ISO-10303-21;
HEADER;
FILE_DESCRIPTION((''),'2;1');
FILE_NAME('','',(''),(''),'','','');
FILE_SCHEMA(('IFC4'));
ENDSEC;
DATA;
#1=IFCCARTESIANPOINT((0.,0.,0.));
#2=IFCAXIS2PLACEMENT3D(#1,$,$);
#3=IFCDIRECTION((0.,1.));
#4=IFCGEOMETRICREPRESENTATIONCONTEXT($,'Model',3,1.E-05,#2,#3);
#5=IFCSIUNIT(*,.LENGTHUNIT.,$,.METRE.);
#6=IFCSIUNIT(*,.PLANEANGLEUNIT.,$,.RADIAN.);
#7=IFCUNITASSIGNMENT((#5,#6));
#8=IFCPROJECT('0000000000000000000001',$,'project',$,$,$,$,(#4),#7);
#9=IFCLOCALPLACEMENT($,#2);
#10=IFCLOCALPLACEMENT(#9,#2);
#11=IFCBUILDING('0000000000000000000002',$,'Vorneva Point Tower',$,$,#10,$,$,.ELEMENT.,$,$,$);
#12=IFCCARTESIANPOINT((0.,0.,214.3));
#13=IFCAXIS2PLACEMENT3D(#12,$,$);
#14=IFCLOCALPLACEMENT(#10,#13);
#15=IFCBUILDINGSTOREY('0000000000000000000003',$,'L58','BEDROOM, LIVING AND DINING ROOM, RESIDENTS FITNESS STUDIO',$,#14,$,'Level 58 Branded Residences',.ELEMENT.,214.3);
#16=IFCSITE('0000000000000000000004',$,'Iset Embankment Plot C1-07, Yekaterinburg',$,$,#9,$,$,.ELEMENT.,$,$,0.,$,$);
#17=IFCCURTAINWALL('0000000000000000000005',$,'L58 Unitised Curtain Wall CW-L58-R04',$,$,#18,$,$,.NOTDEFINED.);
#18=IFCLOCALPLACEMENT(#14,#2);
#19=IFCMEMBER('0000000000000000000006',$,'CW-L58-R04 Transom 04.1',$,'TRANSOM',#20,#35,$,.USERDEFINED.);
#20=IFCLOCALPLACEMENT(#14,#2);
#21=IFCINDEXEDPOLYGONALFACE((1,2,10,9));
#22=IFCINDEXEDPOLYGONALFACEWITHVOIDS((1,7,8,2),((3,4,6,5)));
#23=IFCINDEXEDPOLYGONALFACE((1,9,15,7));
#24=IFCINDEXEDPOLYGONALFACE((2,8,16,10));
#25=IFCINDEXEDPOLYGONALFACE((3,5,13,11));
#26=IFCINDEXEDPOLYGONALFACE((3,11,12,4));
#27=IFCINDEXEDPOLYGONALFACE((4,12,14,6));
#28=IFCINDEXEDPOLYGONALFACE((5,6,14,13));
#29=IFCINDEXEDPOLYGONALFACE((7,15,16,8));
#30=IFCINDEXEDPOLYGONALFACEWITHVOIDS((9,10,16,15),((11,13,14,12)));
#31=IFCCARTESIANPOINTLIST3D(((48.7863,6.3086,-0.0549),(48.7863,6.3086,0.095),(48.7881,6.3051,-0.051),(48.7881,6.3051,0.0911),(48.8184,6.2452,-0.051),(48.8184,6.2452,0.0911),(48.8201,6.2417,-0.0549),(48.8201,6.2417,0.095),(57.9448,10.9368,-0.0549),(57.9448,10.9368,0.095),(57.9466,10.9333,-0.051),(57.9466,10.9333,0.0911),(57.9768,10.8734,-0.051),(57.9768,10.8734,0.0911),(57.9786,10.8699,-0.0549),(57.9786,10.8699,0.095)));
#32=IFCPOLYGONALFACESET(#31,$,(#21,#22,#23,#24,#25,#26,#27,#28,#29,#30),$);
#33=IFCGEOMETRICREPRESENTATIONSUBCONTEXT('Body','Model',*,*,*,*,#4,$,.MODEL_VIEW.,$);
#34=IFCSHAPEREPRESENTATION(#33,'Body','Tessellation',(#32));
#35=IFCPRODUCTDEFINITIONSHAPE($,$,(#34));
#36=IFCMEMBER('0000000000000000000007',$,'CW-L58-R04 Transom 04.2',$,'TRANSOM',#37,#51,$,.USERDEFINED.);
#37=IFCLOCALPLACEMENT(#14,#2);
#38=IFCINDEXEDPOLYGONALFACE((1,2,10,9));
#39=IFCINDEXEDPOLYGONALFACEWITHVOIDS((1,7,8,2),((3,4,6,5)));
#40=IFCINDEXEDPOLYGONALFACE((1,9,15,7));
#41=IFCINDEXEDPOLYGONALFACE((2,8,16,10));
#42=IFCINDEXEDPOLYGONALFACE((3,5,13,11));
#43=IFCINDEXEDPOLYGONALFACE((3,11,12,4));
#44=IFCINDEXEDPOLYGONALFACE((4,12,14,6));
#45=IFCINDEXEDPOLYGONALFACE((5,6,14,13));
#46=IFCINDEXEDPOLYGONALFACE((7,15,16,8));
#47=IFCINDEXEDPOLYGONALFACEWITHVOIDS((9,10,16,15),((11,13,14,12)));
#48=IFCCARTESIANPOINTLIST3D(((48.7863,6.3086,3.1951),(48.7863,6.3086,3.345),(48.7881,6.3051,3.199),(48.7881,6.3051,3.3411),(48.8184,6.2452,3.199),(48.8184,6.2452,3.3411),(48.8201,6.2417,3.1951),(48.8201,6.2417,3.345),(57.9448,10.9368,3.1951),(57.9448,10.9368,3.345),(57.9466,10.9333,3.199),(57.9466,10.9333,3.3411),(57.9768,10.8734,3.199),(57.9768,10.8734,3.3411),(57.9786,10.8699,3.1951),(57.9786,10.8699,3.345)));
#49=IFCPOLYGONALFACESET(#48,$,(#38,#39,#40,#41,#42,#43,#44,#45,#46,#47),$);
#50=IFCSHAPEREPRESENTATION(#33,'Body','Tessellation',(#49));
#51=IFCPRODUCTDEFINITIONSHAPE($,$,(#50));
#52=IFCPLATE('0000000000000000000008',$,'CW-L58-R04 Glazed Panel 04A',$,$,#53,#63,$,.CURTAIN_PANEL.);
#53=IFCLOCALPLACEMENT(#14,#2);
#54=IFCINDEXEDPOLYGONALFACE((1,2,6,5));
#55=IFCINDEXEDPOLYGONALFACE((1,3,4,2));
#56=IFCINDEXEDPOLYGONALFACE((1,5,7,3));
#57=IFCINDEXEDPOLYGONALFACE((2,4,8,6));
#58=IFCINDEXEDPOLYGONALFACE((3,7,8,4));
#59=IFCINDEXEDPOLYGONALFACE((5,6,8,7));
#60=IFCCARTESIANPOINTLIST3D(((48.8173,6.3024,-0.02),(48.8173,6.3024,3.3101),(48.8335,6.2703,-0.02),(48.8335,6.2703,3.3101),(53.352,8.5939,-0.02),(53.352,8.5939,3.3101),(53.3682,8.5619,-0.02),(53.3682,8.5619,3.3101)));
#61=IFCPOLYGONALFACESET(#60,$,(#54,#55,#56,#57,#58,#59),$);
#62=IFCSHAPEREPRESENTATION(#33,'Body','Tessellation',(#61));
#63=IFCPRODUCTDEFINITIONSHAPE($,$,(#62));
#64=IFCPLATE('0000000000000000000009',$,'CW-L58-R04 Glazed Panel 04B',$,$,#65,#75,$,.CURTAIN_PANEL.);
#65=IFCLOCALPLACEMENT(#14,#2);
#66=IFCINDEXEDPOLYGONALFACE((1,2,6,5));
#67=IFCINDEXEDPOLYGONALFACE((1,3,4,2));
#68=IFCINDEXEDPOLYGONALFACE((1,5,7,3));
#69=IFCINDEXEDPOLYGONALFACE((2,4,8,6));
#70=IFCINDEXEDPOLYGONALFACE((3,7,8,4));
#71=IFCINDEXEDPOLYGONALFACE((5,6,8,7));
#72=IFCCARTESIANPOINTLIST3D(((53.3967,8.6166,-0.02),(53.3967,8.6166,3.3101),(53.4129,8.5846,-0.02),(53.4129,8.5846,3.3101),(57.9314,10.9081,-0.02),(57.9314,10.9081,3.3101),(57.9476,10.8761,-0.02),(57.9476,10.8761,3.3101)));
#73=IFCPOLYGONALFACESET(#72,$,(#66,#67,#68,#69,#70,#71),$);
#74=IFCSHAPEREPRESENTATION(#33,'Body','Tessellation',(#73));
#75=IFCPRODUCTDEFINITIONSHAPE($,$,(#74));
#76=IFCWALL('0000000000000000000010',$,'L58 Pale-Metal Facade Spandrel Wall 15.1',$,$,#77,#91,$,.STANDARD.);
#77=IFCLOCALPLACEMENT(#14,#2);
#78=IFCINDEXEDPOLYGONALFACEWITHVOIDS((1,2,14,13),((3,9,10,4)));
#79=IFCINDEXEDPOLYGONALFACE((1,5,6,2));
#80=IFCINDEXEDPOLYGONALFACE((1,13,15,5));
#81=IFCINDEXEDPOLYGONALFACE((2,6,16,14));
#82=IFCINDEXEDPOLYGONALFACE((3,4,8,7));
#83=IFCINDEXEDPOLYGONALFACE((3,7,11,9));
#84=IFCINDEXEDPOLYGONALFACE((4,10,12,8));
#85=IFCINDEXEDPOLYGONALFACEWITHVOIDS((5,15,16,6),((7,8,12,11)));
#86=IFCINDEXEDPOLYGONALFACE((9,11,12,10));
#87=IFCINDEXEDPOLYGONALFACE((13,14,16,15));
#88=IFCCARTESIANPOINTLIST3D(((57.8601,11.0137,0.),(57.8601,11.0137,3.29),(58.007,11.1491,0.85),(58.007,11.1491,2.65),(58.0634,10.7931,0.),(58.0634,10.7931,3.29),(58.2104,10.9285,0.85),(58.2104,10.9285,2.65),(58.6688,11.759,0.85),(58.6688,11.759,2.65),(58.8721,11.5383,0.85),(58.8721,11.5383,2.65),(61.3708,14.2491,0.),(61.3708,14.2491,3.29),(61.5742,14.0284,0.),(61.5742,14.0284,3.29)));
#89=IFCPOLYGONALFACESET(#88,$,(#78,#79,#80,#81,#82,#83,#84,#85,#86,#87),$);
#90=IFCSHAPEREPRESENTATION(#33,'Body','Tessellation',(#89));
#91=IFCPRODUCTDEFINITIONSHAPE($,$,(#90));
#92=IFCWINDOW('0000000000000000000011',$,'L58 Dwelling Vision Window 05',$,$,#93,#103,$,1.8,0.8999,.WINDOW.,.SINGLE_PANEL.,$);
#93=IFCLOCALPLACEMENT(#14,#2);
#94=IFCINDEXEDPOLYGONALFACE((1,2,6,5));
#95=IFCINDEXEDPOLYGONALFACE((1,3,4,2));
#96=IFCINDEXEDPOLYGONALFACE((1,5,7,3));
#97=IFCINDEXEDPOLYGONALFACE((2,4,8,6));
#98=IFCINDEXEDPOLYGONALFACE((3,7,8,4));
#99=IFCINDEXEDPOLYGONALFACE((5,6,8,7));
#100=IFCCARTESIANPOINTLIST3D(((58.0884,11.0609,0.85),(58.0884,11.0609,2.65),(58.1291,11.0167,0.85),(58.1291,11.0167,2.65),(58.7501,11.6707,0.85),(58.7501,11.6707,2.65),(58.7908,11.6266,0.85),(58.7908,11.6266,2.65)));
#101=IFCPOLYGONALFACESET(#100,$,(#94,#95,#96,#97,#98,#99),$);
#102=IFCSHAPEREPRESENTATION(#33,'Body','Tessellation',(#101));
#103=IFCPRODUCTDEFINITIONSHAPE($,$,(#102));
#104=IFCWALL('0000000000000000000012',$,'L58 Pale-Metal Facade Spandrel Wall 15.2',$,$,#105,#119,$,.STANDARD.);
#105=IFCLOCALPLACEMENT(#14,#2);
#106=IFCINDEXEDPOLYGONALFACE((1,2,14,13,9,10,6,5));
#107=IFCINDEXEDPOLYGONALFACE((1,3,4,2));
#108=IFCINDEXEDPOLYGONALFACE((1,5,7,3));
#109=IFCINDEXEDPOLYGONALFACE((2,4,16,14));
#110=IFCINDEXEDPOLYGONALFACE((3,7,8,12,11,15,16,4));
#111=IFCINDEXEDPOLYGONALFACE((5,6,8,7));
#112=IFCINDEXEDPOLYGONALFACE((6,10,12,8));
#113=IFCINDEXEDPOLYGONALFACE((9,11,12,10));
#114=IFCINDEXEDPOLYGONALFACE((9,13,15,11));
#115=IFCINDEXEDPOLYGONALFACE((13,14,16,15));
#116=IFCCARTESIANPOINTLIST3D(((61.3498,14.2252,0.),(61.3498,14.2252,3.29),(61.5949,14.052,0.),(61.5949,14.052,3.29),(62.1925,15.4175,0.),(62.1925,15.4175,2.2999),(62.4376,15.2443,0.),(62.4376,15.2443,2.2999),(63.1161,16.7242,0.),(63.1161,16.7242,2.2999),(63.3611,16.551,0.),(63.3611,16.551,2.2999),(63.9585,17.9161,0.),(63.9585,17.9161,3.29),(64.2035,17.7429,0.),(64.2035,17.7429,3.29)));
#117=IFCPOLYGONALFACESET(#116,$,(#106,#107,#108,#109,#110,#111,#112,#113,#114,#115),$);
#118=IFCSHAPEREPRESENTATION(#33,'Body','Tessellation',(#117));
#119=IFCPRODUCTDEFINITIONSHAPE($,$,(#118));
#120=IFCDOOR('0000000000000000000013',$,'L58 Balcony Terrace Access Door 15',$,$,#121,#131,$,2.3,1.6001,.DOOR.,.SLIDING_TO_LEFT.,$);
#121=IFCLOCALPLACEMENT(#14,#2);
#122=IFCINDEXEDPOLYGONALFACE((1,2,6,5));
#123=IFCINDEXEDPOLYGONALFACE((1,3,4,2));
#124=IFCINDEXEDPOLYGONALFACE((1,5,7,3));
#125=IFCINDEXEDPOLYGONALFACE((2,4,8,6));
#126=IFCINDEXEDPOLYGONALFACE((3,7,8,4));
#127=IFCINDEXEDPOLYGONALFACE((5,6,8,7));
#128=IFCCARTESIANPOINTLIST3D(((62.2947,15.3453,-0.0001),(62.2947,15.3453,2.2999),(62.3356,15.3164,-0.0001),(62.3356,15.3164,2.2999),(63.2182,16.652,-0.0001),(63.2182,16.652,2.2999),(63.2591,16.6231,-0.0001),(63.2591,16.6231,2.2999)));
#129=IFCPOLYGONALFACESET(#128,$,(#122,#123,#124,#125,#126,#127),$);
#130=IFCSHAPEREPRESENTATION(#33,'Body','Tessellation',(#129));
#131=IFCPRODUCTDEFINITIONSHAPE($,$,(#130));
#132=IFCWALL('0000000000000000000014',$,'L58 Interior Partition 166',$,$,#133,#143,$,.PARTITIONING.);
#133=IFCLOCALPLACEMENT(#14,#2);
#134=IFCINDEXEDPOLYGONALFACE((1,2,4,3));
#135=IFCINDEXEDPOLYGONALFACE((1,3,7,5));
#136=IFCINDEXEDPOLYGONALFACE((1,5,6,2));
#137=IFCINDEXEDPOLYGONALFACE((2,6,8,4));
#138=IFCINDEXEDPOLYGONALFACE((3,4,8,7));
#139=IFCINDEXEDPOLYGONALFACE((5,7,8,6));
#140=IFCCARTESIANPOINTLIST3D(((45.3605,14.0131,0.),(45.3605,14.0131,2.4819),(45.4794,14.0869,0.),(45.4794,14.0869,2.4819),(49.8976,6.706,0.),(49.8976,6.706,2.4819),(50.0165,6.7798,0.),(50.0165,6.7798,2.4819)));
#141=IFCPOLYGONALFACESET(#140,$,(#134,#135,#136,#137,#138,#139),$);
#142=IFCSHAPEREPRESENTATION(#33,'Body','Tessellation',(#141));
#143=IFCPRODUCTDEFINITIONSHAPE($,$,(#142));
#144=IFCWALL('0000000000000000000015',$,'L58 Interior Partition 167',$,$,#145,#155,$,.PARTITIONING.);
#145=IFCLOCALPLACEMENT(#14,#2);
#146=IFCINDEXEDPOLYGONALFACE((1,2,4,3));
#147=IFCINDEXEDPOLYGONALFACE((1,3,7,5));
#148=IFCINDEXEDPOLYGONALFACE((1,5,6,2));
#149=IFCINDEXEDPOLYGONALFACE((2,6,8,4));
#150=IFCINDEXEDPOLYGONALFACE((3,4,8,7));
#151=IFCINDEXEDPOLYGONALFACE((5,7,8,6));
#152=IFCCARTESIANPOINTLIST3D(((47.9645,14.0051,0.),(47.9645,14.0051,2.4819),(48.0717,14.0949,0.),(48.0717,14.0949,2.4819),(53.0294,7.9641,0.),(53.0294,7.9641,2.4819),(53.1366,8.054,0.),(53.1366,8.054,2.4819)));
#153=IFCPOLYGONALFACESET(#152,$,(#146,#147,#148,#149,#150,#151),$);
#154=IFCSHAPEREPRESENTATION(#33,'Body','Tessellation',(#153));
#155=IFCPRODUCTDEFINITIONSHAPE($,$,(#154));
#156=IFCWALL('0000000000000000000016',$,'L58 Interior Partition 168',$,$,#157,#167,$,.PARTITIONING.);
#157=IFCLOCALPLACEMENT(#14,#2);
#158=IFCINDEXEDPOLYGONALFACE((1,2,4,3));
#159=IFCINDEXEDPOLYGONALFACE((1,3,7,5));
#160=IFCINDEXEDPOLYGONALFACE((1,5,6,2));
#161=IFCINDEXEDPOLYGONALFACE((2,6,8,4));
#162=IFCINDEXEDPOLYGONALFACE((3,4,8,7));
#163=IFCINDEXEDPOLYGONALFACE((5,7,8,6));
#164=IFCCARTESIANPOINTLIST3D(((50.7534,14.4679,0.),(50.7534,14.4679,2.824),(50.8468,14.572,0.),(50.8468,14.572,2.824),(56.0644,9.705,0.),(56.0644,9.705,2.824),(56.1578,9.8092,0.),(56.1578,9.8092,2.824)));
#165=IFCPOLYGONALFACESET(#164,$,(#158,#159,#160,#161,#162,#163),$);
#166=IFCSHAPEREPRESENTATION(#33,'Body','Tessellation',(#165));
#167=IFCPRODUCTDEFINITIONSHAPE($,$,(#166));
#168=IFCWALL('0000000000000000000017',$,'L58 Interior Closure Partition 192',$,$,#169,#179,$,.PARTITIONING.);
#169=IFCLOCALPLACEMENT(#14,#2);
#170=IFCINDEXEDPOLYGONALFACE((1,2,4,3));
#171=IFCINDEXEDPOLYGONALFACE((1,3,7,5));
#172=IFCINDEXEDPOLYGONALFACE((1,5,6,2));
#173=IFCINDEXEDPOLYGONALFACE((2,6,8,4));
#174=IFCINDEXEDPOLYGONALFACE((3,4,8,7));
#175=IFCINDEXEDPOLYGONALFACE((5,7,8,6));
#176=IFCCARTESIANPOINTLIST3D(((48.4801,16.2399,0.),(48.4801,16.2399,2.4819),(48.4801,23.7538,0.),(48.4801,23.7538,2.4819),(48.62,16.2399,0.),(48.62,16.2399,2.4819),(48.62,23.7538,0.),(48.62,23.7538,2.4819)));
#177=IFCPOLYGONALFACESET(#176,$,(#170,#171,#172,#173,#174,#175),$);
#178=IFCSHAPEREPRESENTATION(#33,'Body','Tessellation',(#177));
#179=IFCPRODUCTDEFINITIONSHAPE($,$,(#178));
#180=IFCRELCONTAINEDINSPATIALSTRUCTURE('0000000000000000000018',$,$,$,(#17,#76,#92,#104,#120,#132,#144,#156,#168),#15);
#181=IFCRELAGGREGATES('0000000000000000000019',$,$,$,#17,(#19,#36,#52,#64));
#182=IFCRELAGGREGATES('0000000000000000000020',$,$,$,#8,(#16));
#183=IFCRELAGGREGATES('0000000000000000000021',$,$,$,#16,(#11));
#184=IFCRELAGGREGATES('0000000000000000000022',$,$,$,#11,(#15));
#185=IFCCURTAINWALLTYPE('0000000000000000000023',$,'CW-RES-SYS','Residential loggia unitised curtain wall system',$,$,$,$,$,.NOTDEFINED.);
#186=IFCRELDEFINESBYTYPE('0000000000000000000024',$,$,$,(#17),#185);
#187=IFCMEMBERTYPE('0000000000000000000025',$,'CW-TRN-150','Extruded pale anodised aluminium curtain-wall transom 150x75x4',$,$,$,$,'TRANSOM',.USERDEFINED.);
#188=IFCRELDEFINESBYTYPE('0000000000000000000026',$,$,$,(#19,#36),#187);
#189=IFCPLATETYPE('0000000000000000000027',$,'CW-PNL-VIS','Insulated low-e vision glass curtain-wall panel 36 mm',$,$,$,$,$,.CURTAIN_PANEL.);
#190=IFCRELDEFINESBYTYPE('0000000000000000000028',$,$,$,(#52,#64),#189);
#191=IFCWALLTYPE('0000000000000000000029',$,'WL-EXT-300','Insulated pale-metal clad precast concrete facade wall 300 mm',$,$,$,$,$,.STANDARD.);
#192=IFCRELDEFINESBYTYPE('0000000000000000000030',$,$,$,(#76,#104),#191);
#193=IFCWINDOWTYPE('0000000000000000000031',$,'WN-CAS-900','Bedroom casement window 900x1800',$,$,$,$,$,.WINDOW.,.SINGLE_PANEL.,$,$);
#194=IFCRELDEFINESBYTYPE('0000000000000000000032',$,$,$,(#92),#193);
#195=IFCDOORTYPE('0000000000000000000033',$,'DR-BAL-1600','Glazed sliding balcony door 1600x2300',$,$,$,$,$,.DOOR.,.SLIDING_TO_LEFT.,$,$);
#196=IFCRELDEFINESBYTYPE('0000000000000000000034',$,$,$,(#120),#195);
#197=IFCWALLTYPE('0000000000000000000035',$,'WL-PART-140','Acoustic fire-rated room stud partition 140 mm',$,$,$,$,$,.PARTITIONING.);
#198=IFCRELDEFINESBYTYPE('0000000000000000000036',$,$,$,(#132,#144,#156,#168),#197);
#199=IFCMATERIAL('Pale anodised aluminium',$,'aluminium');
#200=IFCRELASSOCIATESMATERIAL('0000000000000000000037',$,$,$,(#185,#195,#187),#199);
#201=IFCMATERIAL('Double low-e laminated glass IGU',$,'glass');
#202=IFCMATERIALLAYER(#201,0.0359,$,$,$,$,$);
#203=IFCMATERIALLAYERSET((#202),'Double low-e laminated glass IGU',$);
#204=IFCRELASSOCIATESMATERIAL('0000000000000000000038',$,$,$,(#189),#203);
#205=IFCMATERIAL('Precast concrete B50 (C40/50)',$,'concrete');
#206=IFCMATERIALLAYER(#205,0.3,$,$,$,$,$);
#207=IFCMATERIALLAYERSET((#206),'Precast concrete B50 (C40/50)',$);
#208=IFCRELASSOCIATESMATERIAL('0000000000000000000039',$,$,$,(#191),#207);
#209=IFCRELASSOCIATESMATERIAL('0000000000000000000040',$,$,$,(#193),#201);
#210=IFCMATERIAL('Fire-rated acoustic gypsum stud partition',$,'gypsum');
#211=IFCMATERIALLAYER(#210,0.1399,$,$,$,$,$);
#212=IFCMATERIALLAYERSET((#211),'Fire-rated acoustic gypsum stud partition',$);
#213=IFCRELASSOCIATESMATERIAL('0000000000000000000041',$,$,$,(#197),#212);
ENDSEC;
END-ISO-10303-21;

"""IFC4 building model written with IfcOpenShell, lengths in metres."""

from ifc_helpers import new_model, si_unit, direction, frame, frame_2d, origin, origin_2d, place, context, subcontext, project, spatial, rectangle, hollow_rectangle, extrude, material, layer, layer_set, material_profile, profile_set, type_object, element, fill, aggregate, save


model = new_model("IFC4")

# Units and contexts
model_context = context("Model", 3, precision=1e-05, world=origin(), true_north=direction((0.0, 1.0)))
body_context = subcontext(model_context, "Body", "Model", "MODEL_VIEW")
ifc_project = project(units=[si_unit("LENGTHUNIT", "METRE"), si_unit("PLANEANGLEUNIT", "RADIAN")], contexts=[model_context])

# Site, building, storey
site_placement = place(None, origin())
site = spatial("IfcSite", under=ifc_project, at=site_placement, Name="Iset Embankment Plot C1-07, Yekaterinburg", CompositionType="ELEMENT", RefElevation=0.0)
building_placement = place(site_placement, origin())
building = spatial("IfcBuilding", under=site, at=building_placement, Name="Vorneva Point Tower", CompositionType="ELEMENT")
storey_placement = place(building_placement, frame((0.0, 0.0, 214.3)))
storey = spatial("IfcBuildingStorey", under=building, at=storey_placement, Name="L58", Description="BEDROOM, LIVING AND DINING ROOM, RESIDENTS FITNESS STUDIO", LongName="Level 58 Branded Residences", CompositionType="ELEMENT", Elevation=214.3)

# Curtain wall, members, plates
ifc_material_1 = material(Name="Pale anodised aluminium", Category="aluminium")
curtain_wall_type = type_object("IfcCurtainWallType", Name="CW-RES-SYS", Description="Residential loggia unitised curtain wall system", PredefinedType="NOTDEFINED", material=ifc_material_1)
curtain_wall_placement = place(storey_placement, origin())
curtain_wall = element("IfcCurtainWall", 1, at=curtain_wall_placement, inside=storey, type_object=curtain_wall_type, Name="L58 Unitised Curtain Wall CW-L58-R04", PredefinedType="NOTDEFINED")
ifc_material_profile_1 = material_profile(ifc_material_1, hollow_rectangle(XDim=0.075, YDim=0.1499, WallThickness=0.0039, at=origin_2d()), Name="AL-TRN 150x75x4")
ifc_profile_set_1 = profile_set([ifc_material_profile_1], Name="Pale anodised aluminium")
member_type_1 = type_object("IfcMemberType", Name="CW-TRN-150", Description="Extruded pale anodised aluminium curtain-wall transom 150x75x4", ElementType="TRANSOM", PredefinedType="USERDEFINED", material=ifc_profile_set_1)
member_1_placement = place(storey_placement, frame((48.8032, 6.2751, 0.02), z_axis=(0.892511, 0.451026, 0.0), x_axis=(-0.451026, 0.892511, 0.0)))
member_1 = element("IfcMember", 2, at=member_1_placement, type_object=member_type_1, Name="CW-L58-R04 Transom 04.1", ObjectType="TRANSOM", PredefinedType="USERDEFINED", context=body_context, shape_type="SweptSolid", body=[
    extrude(hollow_rectangle(XDim=0.075, YDim=0.1499, WallThickness=0.0039, at=origin_2d()), origin(), (0.0, 0.0, 1.0), 10.2615),
])
member_2_placement = place(storey_placement, frame((48.8032, 6.2751, 3.27), z_axis=(0.892511, 0.451026, 0.0), x_axis=(-0.451026, 0.892511, 0.0)))
member_2 = element("IfcMember", 3, at=member_2_placement, type_object=member_type_1, Name="CW-L58-R04 Transom 04.2", ObjectType="TRANSOM", PredefinedType="USERDEFINED", context=body_context, shape_type="SweptSolid", body=[
    extrude(hollow_rectangle(XDim=0.075, YDim=0.1499, WallThickness=0.0039, at=origin_2d()), origin(), (0.0, 0.0, 1.0), 10.2615),
])
ifc_material_2 = material(Name="Double low-e laminated glass IGU", Category="glass")
ifc_layer_1 = layer(ifc_material_2, 0.0359)
ifc_layer_set_1 = layer_set([ifc_layer_1], Name="Double low-e laminated glass IGU")
plate_type = type_object("IfcPlateType", Name="CW-PNL-VIS", Description="Insulated low-e vision glass curtain-wall panel 36 mm", PredefinedType="CURTAIN_PANEL", material=ifc_layer_set_1)
plate_1_placement = place(storey_placement, frame((51.0928, 7.4321, -0.02), z_axis=(0.0, 0.0, 1.0), x_axis=(0.892515, 0.451018, 0.0)))
plate_1 = element("IfcPlate", 4, at=plate_1_placement, type_object=plate_type, Name="CW-L58-R04 Glazed Panel 04A", PredefinedType="CURTAIN_PANEL", context=body_context, shape_type="SweptSolid", body=[
    extrude(rectangle(XDim=5.0808, YDim=0.0359, at=origin_2d()), origin(), (0.0, 0.0, 1.0), 3.3301),
])
plate_2_placement = place(storey_placement, frame((55.6721, 9.7463, -0.02), z_axis=(0.0, 0.0, 1.0), x_axis=(0.892515, 0.451018, 0.0)))
plate_2 = element("IfcPlate", 5, at=plate_2_placement, type_object=plate_type, Name="CW-L58-R04 Glazed Panel 04B", PredefinedType="CURTAIN_PANEL", context=body_context, shape_type="SweptSolid", body=[
    extrude(rectangle(XDim=5.0808, YDim=0.0359, at=origin_2d()), origin(), (0.0, 0.0, 1.0), 3.3301),
])
aggregate(curtain_wall, [member_1, member_2, plate_1, plate_2])

# Wall, opening, window
ifc_material_3 = material(Name="Precast concrete B50 (C40/50)", Category="concrete")
ifc_layer_2 = layer(ifc_material_3, 0.3)
ifc_layer_set_2 = layer_set([ifc_layer_2], Name="Precast concrete B50 (C40/50)")
wall_type_1 = type_object("IfcWallType", Name="WL-EXT-300", Description="Insulated pale-metal clad precast concrete facade wall 300 mm", PredefinedType="STANDARD", material=ifc_layer_set_2)
wall_1_placement = place(storey_placement, frame((57.9617, 10.9033, 0.0), z_axis=(0.0, 0.0, 1.0), x_axis=(0.73536, 0.677677, 0.0)))
wall_1 = element("IfcWall", 6, at=wall_1_placement, inside=storey, type_object=wall_type_1, Name="L58 Pale-Metal Facade Spandrel Wall 15.1", PredefinedType="STANDARD", context=body_context, shape_type="SweptSolid", body=[
    extrude(rectangle(XDim=4.7742, YDim=0.3, at=frame_2d((2.3872, 0.0))), origin(), (0.0, 0.0, 1.0), 3.29),
])
opening_1_placement = place(wall_1_placement, frame((0.2, 0.0, 0.8501)))
opening_1 = element("IfcOpeningElement", 7, at=opening_1_placement, cuts=wall_1, PredefinedType="OPENING", context=body_context, shape_type="SweptSolid", body=[
    extrude(rectangle(XDim=0.8999, YDim=1.8, at=frame_2d((0.45, 0.8999))), frame((0.0, 0.165, 0.0), z_axis=(0.0, -1.0, 0.0), x_axis=(1.0, 0.0, 0.0)), (0.0, 0.0, 1.0), 0.3298),
])
window_type = type_object("IfcWindowType", Name="WN-CAS-900", Description="Bedroom casement window 900x1800", PartitioningType="SINGLE_PANEL", PredefinedType="WINDOW", material=ifc_material_2)
window_placement = place(opening_1_placement, origin())
window = element("IfcWindow", 8, at=window_placement, inside=storey, type_object=window_type, Name="L58 Dwelling Vision Window 05", OverallHeight=1.8, OverallWidth=0.8999, PartitioningType="SINGLE_PANEL", PredefinedType="WINDOW", context=body_context, shape_type="SweptSolid", body=[
    extrude(rectangle(XDim=0.8999, YDim=1.8, at=frame_2d((0.45, 0.8999))), frame((0.0, 0.03, 0.0), z_axis=(0.0, -1.0, 0.0), x_axis=(1.0, 0.0, 0.0)), (0.0, 0.0, 1.0), 0.0601),
])
fill(opening_1, window)

# Wall, opening, door
wall_2_placement = place(storey_placement, frame((61.4724, 14.1387, 0.0), z_axis=(0.0, 0.0, 1.0), x_axis=(0.577169, 0.816625, 0.0)))
wall_2 = element("IfcWall", 9, at=wall_2_placement, inside=storey, type_object=wall_type_1, Name="L58 Pale-Metal Facade Spandrel Wall 15.2", PredefinedType="STANDARD", context=body_context, shape_type="SweptSolid", body=[
    extrude(rectangle(XDim=4.5198, YDim=0.3, at=frame_2d((2.2598, 0.0))), origin(), (0.0, 0.0, 1.0), 3.29),
])
opening_2_placement = place(wall_2_placement, frame((1.46, 0.0, 0.0)))
opening_2 = element("IfcOpeningElement", 10, at=opening_2_placement, cuts=wall_2, PredefinedType="OPENING", context=body_context, shape_type="SweptSolid", body=[
    extrude(rectangle(XDim=1.6001, YDim=2.3, at=frame_2d((0.8, 1.1499))), frame((0.0, 0.165, 0.0), z_axis=(0.0, -1.0, 0.0), x_axis=(1.0, 0.0, 0.0)), (0.0, 0.0, 1.0), 0.3298),
])
door_type_1 = type_object("IfcDoorType", Name="DR-BAL-1600", Description="Glazed sliding balcony door 1600x2300", OperationType="SLIDING_TO_LEFT", PredefinedType="DOOR", material=ifc_material_1)
door_1_placement = place(opening_2_placement, origin())
door_1 = element("IfcDoor", 11, at=door_1_placement, inside=storey, type_object=door_type_1, Name="L58 Balcony Terrace Access Door 15", OperationType="SLIDING_TO_LEFT", OverallHeight=2.3, OverallWidth=1.6001, PredefinedType="DOOR", context=body_context, shape_type="SweptSolid", body=[
    extrude(rectangle(XDim=1.6001, YDim=2.3, at=frame_2d((0.8, 1.1499))), frame((0.0, 0.0249, 0.0), z_axis=(0.0, -1.0, 0.0), x_axis=(1.0, 0.0, 0.0)), (0.0, 0.0, 1.0), 0.05),
])
fill(opening_2, door_1)

# Walls
ifc_material_4 = material(Name="Fire-rated acoustic gypsum stud partition", Category="gypsum")
ifc_layer_3 = layer(ifc_material_4, 0.1399)
ifc_layer_set_3 = layer_set([ifc_layer_3], Name="Fire-rated acoustic gypsum stud partition")
wall_type_2 = type_object("IfcWallType", Name="WL-PART-140", Description="Acoustic fire-rated room stud partition 140 mm", PredefinedType="PARTITIONING", material=ifc_layer_set_3)
wall_3_placement = place(storey_placement, frame((49.957, 6.7429, 0.0), z_axis=(0.0, 0.0, 1.0), x_axis=(-0.527501, 0.849554, 0.0)))
element("IfcWall", 12, at=wall_3_placement, inside=storey, type_object=wall_type_2, Name="L58 Interior Partition 166", PredefinedType="PARTITIONING", context=body_context, shape_type="SweptSolid", body=[
    extrude(rectangle(XDim=8.6011, YDim=0.1399, at=frame_2d((4.3005, 0.0))), origin(), (0.0, 0.0, 1.0), 2.4819),
])
wall_4_placement = place(storey_placement, frame((53.083, 8.009, 0.0), z_axis=(0.0, 0.0, 1.0), x_axis=(-0.642484, 0.766299, 0.0)))
element("IfcWall", 13, at=wall_4_placement, inside=storey, type_object=wall_type_2, Name="L58 Interior Partition 167", PredefinedType="PARTITIONING", context=body_context, shape_type="SweptSolid", body=[
    extrude(rectangle(XDim=7.8833, YDim=0.1399, at=frame_2d((3.9417, 0.0))), origin(), (0.0, 0.0, 1.0), 2.4819),
])
wall_5_placement = place(storey_placement, frame((56.1111, 9.7571, 0.0), z_axis=(0.0, 0.0, 1.0), x_axis=(-0.744477, 0.667648, 0.0)))
element("IfcWall", 14, at=wall_5_placement, inside=storey, type_object=wall_type_2, Name="L58 Interior Partition 168", PredefinedType="PARTITIONING", context=body_context, shape_type="SweptSolid", body=[
    extrude(rectangle(XDim=7.1338, YDim=0.1399, at=frame_2d((3.5669, 0.0))), origin(), (0.0, 0.0, 1.0), 2.824),
])
wall_6_placement = place(storey_placement, frame((48.55, 16.24, 0.0), z_axis=(0.0, 0.0, 1.0), x_axis=(0.0, 1.0, 0.0)))
element("IfcWall", 15, at=wall_6_placement, inside=storey, type_object=wall_type_2, Name="L58 Interior Closure Partition 192", PredefinedType="PARTITIONING", context=body_context, shape_type="SweptSolid", body=[
    extrude(rectangle(XDim=7.5139, YDim=0.1399, at=frame_2d((3.7568, 0.0))), origin(), (0.0, 0.0, 1.0), 2.4819),
])

save(model, "model.ifc")
